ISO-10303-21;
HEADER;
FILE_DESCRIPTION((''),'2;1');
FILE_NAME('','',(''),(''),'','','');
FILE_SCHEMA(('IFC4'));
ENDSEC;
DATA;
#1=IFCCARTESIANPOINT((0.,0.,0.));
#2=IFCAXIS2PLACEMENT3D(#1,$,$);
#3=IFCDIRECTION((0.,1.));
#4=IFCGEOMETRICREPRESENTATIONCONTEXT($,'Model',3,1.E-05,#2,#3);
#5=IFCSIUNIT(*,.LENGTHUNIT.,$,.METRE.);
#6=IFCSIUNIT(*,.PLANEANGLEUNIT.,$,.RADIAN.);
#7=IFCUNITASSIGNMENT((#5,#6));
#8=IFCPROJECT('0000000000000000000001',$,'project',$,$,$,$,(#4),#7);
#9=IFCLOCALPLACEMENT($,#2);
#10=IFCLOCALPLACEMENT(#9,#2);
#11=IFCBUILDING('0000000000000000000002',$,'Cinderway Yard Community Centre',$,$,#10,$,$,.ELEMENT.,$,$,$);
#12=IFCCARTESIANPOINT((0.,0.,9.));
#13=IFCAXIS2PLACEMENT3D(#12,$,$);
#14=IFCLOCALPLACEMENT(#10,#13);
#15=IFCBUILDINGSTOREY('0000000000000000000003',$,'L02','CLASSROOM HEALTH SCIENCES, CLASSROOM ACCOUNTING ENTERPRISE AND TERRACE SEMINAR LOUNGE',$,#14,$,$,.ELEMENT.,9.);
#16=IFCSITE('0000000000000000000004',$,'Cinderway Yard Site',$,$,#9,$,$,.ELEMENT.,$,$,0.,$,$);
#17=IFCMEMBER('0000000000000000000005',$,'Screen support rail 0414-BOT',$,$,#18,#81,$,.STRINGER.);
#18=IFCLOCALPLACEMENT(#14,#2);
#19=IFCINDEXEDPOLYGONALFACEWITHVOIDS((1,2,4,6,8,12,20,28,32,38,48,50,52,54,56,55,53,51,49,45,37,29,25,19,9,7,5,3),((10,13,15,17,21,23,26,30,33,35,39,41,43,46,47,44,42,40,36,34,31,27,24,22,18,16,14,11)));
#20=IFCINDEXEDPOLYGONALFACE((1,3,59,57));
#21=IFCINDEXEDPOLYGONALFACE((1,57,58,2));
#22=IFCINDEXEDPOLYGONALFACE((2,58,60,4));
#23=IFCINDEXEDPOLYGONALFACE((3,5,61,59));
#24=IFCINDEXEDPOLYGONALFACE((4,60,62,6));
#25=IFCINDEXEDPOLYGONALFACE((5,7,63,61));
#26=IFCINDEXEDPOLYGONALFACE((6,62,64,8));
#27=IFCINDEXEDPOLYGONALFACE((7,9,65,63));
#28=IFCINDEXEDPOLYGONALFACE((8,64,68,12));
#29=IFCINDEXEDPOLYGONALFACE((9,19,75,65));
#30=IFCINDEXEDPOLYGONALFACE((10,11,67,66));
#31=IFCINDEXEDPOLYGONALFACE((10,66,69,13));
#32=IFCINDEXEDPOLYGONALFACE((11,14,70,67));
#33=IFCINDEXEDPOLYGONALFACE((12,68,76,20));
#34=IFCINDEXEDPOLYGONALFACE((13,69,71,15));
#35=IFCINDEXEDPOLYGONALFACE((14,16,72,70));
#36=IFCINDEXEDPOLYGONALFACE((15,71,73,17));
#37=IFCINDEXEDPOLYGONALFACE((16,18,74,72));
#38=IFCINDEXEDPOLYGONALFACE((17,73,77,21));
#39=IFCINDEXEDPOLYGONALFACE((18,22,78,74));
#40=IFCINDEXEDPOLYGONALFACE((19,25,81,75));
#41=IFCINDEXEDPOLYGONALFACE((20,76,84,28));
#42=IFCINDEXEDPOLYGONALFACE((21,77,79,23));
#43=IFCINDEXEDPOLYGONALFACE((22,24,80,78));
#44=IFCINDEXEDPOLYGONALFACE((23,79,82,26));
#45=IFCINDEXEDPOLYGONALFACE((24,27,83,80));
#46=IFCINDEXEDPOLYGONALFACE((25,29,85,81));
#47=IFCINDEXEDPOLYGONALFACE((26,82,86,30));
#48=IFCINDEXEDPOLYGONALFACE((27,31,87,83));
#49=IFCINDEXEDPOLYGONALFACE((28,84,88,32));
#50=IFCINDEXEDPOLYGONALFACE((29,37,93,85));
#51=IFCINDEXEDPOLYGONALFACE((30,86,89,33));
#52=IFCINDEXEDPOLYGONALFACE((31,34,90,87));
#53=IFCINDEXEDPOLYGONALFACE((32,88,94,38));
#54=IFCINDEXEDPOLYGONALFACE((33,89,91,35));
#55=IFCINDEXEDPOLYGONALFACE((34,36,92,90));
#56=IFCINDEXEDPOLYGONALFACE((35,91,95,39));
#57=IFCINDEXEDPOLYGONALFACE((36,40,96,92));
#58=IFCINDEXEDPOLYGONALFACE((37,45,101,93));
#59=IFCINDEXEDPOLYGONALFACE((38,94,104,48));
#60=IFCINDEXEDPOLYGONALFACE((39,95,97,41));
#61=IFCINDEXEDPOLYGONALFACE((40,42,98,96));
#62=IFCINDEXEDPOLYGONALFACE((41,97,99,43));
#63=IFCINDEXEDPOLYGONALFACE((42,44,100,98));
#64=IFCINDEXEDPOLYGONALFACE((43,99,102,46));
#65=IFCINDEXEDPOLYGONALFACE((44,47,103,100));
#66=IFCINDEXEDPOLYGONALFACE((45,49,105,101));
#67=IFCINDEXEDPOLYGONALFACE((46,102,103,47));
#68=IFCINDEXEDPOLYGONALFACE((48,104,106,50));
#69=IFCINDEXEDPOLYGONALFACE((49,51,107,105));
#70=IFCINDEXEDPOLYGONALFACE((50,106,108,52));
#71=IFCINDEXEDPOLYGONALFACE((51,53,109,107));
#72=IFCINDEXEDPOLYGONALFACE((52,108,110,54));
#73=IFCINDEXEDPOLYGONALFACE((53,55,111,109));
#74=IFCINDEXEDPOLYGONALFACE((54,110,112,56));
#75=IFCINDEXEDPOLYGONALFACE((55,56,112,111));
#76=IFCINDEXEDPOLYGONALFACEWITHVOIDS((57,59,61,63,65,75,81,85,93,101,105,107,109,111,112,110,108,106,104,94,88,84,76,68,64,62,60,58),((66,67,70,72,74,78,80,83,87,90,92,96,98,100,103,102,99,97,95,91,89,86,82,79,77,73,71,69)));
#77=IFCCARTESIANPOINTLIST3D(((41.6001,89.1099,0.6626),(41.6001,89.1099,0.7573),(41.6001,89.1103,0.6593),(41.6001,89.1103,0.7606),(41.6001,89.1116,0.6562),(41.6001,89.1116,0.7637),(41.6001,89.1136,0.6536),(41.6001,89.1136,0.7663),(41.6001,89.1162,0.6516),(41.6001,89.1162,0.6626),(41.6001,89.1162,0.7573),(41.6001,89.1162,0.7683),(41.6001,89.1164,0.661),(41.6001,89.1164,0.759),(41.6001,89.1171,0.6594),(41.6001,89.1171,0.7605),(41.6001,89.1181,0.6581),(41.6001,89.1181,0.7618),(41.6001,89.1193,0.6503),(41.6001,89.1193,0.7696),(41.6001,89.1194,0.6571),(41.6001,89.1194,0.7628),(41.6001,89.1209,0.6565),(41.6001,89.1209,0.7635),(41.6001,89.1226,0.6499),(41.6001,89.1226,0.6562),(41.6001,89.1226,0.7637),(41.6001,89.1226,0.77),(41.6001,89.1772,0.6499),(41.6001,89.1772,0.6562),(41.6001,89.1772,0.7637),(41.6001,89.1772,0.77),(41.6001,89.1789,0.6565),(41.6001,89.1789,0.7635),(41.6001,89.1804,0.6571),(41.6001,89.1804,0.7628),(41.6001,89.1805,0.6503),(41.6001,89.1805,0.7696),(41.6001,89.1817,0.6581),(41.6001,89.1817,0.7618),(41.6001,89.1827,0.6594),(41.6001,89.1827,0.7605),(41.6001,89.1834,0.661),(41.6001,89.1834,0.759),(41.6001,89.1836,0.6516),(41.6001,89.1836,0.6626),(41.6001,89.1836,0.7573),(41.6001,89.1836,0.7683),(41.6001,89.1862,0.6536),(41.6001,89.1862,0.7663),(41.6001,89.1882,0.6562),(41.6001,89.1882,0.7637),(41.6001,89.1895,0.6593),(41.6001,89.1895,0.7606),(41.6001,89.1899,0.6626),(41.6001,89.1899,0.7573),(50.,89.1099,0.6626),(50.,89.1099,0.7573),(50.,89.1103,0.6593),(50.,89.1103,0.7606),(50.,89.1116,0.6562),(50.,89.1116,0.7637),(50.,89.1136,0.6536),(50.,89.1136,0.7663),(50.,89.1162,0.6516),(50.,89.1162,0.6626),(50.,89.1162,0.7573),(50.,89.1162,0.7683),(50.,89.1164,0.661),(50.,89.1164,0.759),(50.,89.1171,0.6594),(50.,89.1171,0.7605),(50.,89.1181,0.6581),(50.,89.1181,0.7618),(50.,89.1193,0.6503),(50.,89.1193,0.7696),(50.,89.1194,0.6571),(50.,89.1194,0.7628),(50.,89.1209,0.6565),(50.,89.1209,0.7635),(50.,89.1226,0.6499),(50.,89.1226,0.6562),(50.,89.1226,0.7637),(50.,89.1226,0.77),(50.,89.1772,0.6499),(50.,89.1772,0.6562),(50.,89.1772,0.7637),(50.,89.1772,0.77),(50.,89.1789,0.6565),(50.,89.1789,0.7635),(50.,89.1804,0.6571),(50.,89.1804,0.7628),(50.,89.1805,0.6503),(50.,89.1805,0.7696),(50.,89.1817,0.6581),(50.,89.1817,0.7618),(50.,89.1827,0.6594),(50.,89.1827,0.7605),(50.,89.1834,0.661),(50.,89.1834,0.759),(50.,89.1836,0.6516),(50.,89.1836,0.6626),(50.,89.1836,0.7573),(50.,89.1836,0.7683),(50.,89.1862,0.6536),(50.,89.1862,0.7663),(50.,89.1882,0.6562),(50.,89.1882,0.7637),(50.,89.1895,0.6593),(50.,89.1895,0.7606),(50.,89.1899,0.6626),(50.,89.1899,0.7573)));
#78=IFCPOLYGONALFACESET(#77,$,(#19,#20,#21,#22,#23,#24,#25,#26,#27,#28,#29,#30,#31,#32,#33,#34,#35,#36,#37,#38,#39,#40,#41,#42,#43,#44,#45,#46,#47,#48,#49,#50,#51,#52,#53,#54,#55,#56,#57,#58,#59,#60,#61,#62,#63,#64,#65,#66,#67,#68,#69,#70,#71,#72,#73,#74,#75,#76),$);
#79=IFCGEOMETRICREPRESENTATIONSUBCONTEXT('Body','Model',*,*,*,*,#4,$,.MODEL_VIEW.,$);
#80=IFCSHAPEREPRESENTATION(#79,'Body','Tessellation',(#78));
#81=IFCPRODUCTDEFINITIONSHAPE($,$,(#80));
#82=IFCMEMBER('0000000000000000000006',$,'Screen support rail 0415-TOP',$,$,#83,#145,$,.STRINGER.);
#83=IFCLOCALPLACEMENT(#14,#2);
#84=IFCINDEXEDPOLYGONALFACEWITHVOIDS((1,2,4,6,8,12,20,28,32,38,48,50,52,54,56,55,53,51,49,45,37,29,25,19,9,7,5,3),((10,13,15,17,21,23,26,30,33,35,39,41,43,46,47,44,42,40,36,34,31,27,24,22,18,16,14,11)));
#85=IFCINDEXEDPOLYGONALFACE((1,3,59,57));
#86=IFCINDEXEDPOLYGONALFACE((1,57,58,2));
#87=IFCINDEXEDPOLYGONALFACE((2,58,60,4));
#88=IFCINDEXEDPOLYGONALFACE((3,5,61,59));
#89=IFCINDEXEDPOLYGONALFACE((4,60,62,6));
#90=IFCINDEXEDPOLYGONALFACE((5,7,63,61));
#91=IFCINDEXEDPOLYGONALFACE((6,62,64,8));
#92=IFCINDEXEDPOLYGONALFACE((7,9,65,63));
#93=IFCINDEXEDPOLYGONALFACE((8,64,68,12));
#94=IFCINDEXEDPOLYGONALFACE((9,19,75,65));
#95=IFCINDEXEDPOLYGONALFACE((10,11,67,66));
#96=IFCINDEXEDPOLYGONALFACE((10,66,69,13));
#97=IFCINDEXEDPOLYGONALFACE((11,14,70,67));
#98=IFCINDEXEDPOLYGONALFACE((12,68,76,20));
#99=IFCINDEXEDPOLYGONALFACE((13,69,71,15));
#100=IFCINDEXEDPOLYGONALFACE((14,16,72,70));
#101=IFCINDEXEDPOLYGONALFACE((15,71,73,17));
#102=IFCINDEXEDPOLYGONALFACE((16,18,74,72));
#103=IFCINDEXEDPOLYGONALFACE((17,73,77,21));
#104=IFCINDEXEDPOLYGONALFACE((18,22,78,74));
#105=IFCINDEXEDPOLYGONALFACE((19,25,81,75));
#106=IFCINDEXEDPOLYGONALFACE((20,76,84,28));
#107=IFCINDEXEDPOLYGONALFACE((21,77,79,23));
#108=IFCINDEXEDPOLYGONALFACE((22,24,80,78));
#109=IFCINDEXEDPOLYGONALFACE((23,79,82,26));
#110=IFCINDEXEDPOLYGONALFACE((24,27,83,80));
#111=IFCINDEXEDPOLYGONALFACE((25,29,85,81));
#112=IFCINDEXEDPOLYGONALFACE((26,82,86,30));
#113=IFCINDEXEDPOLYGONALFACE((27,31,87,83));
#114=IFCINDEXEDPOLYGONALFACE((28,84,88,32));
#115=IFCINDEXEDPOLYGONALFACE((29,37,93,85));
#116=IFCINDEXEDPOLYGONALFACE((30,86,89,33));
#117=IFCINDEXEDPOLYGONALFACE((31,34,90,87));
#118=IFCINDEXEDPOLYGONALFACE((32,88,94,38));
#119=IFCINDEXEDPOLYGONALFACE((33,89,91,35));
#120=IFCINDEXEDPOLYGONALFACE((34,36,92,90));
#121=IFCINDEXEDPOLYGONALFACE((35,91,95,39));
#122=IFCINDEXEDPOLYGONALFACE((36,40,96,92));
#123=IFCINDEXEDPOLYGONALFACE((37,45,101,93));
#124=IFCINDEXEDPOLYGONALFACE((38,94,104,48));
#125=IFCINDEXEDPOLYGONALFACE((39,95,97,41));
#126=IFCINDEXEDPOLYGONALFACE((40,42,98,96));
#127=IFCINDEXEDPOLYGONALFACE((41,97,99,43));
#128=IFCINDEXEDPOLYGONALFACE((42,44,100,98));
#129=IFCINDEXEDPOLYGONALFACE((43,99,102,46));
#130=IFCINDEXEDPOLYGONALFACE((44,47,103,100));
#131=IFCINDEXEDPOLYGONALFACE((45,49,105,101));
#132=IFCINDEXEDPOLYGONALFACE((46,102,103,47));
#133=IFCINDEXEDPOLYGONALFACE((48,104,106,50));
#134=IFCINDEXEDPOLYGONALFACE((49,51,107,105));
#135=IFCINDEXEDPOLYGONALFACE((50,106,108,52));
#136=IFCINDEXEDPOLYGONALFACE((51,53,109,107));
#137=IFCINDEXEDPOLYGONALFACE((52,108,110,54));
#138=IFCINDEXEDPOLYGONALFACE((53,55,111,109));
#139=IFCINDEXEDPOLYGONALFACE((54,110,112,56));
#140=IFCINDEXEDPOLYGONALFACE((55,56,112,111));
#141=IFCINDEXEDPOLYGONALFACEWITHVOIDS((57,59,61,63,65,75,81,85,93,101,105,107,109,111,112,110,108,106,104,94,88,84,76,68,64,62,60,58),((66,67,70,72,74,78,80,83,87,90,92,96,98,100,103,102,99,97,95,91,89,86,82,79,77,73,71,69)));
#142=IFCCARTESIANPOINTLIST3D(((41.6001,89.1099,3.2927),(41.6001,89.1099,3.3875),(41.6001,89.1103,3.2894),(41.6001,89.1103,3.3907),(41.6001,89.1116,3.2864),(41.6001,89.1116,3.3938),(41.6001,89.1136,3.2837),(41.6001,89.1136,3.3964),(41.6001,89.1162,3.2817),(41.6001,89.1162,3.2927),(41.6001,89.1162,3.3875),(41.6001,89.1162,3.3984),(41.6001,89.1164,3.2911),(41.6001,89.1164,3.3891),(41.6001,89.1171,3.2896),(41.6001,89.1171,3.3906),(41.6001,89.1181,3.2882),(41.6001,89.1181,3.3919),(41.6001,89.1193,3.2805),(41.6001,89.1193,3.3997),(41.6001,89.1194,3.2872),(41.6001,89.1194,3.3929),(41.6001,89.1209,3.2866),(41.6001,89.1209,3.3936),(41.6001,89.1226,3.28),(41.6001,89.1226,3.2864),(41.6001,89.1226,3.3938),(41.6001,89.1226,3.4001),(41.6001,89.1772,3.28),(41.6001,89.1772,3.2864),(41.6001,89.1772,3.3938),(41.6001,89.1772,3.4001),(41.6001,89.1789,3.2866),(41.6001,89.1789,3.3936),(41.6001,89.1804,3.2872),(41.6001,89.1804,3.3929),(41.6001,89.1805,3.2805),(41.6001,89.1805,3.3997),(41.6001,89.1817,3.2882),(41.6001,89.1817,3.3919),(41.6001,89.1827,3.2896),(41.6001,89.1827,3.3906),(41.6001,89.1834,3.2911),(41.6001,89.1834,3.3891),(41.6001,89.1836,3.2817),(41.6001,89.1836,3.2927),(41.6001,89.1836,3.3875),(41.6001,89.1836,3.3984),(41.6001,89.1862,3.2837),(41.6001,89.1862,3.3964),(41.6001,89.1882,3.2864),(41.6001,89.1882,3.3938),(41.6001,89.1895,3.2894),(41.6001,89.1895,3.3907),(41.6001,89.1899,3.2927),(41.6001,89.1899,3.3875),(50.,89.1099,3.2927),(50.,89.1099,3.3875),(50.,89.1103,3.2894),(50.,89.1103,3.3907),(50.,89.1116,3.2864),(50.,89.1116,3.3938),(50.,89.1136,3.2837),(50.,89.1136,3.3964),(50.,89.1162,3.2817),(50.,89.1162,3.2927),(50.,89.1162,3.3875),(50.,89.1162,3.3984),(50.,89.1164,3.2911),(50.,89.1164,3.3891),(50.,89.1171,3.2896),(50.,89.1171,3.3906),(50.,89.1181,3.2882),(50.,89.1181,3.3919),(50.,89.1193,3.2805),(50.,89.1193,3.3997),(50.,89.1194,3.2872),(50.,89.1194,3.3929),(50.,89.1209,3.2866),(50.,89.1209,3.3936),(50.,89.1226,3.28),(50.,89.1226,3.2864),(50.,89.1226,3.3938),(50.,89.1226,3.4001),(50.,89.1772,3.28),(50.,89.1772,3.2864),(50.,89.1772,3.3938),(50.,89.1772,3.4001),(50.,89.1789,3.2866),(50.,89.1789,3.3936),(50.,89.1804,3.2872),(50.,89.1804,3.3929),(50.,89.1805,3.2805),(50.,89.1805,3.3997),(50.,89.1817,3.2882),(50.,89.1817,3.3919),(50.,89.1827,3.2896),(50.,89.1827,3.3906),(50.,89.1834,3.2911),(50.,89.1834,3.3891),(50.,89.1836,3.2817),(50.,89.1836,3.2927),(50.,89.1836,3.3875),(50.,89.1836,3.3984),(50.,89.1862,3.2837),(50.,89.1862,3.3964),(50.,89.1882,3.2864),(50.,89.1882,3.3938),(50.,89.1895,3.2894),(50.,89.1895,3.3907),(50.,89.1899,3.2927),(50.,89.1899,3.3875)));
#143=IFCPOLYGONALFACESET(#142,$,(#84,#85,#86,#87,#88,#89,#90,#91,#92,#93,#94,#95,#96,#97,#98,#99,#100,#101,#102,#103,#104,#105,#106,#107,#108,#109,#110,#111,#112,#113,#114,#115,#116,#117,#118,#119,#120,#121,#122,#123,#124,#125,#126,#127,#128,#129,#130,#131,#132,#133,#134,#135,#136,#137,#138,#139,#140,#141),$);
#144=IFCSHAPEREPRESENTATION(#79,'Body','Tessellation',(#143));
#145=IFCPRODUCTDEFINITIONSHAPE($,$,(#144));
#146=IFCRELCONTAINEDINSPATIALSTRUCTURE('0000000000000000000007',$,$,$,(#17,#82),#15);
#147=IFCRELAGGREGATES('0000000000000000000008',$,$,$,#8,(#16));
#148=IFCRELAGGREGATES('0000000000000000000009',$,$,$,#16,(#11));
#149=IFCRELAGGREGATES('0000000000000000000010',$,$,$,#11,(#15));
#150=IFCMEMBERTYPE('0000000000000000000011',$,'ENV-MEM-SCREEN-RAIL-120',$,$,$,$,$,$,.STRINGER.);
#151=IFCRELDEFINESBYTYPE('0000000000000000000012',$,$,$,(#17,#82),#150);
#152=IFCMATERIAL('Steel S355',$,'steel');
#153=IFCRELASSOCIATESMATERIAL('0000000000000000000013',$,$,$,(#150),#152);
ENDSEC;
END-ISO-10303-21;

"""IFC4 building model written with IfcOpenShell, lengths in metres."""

from ifc_helpers import new_model, si_unit, direction, frame, origin, origin_2d, place, context, subcontext, project, spatial, hollow_rectangle, extrude, material, material_profile, profile_set, type_object, element, save


model = new_model("IFC4")

# Units and contexts
model_context = context("Model", 3, precision=1e-05, world=origin(), true_north=direction((0.0, 1.0)))
body_context = subcontext(model_context, "Body", "Model", "MODEL_VIEW")
ifc_project = project(units=[si_unit("LENGTHUNIT", "METRE"), si_unit("PLANEANGLEUNIT", "RADIAN")], contexts=[model_context])

# Site, building, storey
site_placement = place(None, origin())
site = spatial("IfcSite", under=ifc_project, at=site_placement, Name="Cinderway Yard Site", CompositionType="ELEMENT", RefElevation=0.0)
building_placement = place(site_placement, origin())
building = spatial("IfcBuilding", under=site, at=building_placement, Name="Cinderway Yard Community Centre", CompositionType="ELEMENT")
storey_placement = place(building_placement, frame((0.0, 0.0, 9.0)))
storey = spatial("IfcBuildingStorey", under=building, at=storey_placement, Name="L02", Description="CLASSROOM HEALTH SCIENCES, CLASSROOM ACCOUNTING ENTERPRISE AND TERRACE SEMINAR LOUNGE", CompositionType="ELEMENT", Elevation=9.0)

# Members
ifc_material_1 = material(Name="Steel S355", Category="steel")
ifc_material_profile_1 = material_profile(ifc_material_1, hollow_rectangle(XDim=0.0801, YDim=0.1201, WallThickness=0.0063, InnerFilletRadius=0.0063, OuterFilletRadius=0.0127, at=origin_2d()), Name="Steel S355")
ifc_profile_set_1 = profile_set([ifc_material_profile_1], Name="Steel S355")
member_type_1 = type_object("IfcMemberType", Name="ENV-MEM-SCREEN-RAIL-120", PredefinedType="STRINGER", material=ifc_profile_set_1)
for number, where, z_axis, x_axis, name in (
    (1, (41.6001, 89.1499, 0.71), (1.0, 0.0, 0.0), (0.0, 1.0, 0.0), "Screen support rail 0414-BOT"),
    (2, (41.6001, 89.1499, 3.3401), (1.0, 0.0, 0.0), (0.0, 1.0, 0.0), "Screen support rail 0415-TOP"),
):
    element("IfcMember", number, at=place(storey_placement, frame(where, z_axis=z_axis, x_axis=x_axis)), inside=storey, type_object=member_type_1, Name=name, PredefinedType="STRINGER", context=body_context, shape_type="SweptSolid", body=[
        extrude(hollow_rectangle(XDim=0.0801, YDim=0.1201, WallThickness=0.0063, InnerFilletRadius=0.0063, OuterFilletRadius=0.0127, at=origin_2d()), origin(), (0.0, 0.0, 1.0), 8.3999),
    ])

save(model, "model.ifc")
